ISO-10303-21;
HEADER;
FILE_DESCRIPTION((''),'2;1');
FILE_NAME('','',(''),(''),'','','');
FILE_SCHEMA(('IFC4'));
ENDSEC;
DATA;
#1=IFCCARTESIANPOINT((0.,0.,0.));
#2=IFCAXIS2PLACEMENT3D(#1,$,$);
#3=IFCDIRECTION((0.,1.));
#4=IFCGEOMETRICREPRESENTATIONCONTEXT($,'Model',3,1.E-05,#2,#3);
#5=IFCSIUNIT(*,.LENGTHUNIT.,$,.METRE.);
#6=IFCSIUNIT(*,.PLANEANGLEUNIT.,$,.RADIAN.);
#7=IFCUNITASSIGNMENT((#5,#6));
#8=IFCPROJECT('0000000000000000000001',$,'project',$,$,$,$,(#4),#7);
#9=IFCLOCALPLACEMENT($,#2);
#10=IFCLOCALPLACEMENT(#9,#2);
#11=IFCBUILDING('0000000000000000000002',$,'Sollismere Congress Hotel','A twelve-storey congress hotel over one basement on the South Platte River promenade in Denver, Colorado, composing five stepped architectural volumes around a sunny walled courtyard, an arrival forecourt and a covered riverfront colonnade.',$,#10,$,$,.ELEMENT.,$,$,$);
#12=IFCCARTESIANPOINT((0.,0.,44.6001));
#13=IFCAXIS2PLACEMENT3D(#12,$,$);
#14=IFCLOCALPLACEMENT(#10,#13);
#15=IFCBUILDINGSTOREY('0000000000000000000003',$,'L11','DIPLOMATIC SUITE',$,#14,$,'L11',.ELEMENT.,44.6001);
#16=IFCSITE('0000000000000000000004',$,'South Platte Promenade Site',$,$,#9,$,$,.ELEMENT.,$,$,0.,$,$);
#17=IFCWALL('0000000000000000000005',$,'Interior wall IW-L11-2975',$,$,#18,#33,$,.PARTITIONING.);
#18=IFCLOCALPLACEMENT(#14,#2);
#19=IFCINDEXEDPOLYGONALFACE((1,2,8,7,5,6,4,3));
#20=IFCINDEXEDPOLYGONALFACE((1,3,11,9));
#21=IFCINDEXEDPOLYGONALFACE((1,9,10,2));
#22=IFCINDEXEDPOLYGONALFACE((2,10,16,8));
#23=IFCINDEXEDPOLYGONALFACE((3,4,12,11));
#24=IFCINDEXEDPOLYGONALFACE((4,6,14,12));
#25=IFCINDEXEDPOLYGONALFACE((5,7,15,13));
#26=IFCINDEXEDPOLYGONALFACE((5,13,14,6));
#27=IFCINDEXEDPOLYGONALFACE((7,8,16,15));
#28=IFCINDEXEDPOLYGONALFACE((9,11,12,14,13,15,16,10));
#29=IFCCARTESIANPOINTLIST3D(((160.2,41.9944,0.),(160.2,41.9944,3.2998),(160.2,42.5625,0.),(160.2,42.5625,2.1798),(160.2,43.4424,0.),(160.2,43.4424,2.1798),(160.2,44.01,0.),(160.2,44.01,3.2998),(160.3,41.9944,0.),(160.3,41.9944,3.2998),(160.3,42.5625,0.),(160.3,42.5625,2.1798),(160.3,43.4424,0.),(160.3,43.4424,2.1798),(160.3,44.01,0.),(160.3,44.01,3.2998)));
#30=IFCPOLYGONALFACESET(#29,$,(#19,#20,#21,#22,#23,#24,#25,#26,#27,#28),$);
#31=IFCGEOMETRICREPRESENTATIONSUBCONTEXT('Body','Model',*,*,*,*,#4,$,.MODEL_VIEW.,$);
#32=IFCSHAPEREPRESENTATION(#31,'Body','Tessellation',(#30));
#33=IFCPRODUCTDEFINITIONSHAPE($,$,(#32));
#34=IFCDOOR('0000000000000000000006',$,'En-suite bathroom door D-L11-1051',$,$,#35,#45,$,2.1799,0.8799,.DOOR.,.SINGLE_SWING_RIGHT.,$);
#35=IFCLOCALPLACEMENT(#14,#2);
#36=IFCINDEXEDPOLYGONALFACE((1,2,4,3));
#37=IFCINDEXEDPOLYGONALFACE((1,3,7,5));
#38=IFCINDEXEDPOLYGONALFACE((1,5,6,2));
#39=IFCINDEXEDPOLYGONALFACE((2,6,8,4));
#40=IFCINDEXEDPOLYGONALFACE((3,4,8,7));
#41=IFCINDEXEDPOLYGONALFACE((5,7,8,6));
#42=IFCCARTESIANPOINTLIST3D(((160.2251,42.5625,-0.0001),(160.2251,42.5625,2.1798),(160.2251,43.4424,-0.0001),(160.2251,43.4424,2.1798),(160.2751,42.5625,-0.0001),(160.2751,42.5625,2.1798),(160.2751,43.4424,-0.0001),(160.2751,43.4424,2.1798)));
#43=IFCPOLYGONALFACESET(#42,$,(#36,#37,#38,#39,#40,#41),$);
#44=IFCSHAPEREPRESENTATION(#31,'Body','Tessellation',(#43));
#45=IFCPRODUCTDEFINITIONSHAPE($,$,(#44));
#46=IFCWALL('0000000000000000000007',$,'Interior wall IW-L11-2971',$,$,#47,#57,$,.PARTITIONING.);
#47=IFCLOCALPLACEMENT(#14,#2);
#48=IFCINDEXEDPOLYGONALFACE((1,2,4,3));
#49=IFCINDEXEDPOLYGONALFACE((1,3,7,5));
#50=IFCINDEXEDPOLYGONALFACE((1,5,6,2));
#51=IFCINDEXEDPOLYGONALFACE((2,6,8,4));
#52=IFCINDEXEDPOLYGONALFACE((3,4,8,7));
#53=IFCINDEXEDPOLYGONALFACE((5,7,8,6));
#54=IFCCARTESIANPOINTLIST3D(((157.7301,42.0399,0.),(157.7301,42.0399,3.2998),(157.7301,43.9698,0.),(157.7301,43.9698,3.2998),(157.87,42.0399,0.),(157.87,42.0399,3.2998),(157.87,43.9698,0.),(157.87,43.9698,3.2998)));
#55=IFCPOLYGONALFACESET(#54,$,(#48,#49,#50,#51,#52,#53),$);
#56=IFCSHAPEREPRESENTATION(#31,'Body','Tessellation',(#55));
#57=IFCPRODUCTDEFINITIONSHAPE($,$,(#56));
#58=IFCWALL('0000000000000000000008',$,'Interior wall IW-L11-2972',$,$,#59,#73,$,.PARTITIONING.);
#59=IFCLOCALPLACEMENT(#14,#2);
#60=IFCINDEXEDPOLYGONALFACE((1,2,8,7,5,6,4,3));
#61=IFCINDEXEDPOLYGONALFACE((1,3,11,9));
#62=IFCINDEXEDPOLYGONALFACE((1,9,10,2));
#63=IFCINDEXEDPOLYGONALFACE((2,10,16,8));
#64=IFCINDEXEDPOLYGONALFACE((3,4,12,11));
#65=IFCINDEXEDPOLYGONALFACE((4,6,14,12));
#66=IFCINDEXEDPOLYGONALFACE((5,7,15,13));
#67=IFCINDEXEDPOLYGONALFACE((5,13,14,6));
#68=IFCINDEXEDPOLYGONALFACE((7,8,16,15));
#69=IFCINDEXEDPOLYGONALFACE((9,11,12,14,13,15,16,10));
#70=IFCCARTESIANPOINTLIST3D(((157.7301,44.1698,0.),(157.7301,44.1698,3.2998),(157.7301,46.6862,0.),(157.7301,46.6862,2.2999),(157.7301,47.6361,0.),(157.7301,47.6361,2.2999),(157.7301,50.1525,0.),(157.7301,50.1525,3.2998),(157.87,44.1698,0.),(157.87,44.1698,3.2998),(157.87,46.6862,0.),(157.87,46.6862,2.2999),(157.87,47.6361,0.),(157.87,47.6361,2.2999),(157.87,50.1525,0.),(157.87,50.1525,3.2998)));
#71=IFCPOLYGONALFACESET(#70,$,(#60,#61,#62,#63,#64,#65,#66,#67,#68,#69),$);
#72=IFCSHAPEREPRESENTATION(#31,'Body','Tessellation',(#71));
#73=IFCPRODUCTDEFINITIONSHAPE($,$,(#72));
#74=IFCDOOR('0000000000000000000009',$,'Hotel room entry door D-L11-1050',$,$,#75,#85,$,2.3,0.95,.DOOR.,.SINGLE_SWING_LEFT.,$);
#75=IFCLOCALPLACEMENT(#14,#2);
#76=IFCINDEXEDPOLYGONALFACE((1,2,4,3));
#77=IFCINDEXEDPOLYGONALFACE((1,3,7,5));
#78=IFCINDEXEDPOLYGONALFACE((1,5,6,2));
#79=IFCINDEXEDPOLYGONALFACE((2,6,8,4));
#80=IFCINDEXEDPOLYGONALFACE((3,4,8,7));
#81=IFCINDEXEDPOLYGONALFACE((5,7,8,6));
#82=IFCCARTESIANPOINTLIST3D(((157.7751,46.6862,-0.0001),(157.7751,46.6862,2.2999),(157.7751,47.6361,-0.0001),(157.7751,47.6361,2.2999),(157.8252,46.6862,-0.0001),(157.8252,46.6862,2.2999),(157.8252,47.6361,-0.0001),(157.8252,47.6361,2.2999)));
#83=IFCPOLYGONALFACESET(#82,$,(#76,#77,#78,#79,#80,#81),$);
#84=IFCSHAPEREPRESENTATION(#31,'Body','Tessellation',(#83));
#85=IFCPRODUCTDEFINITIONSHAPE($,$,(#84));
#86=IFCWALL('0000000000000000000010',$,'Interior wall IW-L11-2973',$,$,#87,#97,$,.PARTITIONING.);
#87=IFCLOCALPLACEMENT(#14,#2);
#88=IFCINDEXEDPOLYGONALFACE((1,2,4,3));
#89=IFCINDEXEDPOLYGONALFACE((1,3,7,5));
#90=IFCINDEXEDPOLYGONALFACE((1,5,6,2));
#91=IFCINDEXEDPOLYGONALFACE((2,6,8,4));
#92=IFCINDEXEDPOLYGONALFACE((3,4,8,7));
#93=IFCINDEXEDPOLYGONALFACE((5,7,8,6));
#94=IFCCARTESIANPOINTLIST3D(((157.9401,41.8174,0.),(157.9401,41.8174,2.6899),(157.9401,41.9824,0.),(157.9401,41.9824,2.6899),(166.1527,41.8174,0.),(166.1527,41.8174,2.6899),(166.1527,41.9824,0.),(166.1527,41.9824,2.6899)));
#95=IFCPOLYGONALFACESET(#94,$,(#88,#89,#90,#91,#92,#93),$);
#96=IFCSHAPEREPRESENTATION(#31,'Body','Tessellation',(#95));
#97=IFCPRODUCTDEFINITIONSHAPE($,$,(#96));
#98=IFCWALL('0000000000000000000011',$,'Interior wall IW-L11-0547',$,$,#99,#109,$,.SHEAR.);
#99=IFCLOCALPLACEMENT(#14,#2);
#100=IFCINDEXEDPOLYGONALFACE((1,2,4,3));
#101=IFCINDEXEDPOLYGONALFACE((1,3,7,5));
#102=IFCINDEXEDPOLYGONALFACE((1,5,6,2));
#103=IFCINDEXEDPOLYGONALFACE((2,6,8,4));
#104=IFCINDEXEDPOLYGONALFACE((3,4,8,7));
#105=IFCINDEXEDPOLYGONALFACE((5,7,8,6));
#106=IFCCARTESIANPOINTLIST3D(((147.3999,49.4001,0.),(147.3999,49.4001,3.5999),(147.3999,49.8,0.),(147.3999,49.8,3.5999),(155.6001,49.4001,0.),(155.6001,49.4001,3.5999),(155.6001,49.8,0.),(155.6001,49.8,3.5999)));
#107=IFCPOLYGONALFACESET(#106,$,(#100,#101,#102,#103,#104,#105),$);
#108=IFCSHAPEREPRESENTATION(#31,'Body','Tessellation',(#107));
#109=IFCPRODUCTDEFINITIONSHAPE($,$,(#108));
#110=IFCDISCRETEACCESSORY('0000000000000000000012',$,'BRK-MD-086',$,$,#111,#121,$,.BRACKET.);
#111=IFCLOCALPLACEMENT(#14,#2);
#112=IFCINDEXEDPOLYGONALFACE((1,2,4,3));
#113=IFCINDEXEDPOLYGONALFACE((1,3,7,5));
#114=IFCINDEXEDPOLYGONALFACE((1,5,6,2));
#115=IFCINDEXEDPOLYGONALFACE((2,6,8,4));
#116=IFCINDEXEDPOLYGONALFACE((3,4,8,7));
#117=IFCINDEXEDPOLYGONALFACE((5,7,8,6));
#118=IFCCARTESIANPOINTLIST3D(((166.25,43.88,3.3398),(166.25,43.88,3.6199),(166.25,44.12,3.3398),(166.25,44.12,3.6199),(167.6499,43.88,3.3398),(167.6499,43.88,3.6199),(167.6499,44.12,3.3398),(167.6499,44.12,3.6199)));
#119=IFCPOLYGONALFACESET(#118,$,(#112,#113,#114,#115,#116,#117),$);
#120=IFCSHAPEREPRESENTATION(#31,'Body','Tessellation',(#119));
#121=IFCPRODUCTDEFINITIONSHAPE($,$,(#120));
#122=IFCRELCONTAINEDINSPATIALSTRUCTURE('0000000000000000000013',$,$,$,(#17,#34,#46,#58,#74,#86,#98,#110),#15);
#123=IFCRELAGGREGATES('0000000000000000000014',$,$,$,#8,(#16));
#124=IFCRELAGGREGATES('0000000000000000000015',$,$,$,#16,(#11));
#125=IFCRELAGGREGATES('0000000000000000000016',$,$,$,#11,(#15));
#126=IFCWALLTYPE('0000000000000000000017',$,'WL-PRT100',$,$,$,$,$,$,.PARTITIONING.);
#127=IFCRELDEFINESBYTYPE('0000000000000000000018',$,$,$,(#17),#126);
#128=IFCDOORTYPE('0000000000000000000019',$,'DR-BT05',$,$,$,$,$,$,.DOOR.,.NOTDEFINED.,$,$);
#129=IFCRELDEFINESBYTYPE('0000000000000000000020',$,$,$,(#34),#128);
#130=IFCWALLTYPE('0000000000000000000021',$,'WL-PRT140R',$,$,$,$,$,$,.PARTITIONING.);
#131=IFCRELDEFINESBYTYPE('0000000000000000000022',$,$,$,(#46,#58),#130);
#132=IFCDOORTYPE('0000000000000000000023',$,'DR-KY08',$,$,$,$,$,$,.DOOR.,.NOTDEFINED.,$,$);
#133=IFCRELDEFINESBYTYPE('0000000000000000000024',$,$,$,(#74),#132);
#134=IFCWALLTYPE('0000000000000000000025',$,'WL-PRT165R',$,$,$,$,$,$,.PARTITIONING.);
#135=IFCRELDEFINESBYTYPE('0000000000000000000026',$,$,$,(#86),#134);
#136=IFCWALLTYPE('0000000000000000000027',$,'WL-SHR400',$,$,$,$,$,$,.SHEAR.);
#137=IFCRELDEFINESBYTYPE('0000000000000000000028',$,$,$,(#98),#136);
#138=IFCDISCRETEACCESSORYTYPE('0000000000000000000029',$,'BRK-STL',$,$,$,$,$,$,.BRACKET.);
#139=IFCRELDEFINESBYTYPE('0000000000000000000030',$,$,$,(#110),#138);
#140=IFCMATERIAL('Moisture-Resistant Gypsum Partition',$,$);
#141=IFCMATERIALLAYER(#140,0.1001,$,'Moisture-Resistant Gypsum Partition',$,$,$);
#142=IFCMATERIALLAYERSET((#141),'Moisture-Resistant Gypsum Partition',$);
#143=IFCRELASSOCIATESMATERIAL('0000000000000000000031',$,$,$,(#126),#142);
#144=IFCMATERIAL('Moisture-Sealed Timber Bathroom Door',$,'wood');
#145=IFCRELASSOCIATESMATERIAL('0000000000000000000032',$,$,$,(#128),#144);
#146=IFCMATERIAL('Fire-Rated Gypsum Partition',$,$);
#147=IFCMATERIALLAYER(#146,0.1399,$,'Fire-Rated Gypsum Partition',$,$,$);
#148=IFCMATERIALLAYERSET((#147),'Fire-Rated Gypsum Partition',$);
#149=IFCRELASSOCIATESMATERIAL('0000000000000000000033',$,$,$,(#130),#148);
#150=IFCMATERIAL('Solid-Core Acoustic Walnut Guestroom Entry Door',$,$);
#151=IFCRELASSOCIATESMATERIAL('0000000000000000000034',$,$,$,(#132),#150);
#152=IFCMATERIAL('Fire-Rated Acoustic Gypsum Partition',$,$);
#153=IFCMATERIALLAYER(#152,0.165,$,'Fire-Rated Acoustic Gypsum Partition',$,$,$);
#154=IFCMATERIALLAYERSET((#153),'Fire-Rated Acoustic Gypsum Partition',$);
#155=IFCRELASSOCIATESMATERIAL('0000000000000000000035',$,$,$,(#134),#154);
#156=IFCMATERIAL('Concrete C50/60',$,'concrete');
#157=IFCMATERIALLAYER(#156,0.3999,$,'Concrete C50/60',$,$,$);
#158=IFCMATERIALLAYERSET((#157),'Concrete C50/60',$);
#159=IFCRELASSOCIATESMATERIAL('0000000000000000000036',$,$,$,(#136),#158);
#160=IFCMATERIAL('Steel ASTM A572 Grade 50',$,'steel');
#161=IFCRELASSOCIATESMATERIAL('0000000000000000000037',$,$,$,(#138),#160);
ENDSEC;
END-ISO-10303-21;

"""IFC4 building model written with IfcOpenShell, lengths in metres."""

from ifc_helpers import new_model, si_unit, direction, frame, frame_2d, origin, origin_2d, place, context, subcontext, project, spatial, rectangle, extrude, material, layer, layer_set, type_object, element, fill, save


model = new_model("IFC4")

# Units and contexts
model_context = context("Model", 3, precision=1e-05, world=origin(), true_north=direction((0.0, 1.0)))
body_context = subcontext(model_context, "Body", "Model", "MODEL_VIEW")
ifc_project = project(units=[si_unit("LENGTHUNIT", "METRE"), si_unit("PLANEANGLEUNIT", "RADIAN")], contexts=[model_context])

# Site, building, storey
site_placement = place(None, origin())
site = spatial("IfcSite", under=ifc_project, at=site_placement, Name="South Platte Promenade Site", CompositionType="ELEMENT", RefElevation=0.0)
building_placement = place(site_placement, origin())
building = spatial("IfcBuilding", under=site, at=building_placement, Name="Sollismere Congress Hotel", Description="A twelve-storey congress hotel over one basement on the South Platte River promenade in Denver, Colorado, composing five stepped architectural volumes around a sunny walled courtyard, an arrival forecourt and a covered riverfront colonnade.", CompositionType="ELEMENT")
storey_placement = place(building_placement, frame((0.0, 0.0, 44.6001)))
storey = spatial("IfcBuildingStorey", under=building, at=storey_placement, Name="L11", Description="DIPLOMATIC SUITE", LongName="L11", CompositionType="ELEMENT", Elevation=44.6001)

# Wall, opening, door
ifc_material_1 = material(Name="Moisture-Resistant Gypsum Partition")
ifc_layer_1 = layer(ifc_material_1, 0.1001, Name="Moisture-Resistant Gypsum Partition")
ifc_layer_set_1 = layer_set([ifc_layer_1], Name="Moisture-Resistant Gypsum Partition")
wall_type_1 = type_object("IfcWallType", Name="WL-PRT100", PredefinedType="PARTITIONING", material=ifc_layer_set_1)
wall_1_placement = place(storey_placement, frame((160.25, 41.9944, 0.0), z_axis=(0.0, 0.0, 1.0), x_axis=(0.0, 1.0, 0.0)))
wall_1 = element("IfcWall", 1, at=wall_1_placement, inside=storey, type_object=wall_type_1, Name="Interior wall IW-L11-2975", PredefinedType="PARTITIONING", context=body_context, shape_type="SweptSolid", body=[
    extrude(rectangle(XDim=2.0156, YDim=0.1001, at=frame_2d((1.0078, 0.0))), origin(), (0.0, 0.0, 1.0), 3.2998),
])
opening_1_placement = place(wall_1_placement, frame((0.5681, 0.0, 0.0)))
opening_1 = element("IfcOpeningElement", 2, at=opening_1_placement, cuts=wall_1, PredefinedType="OPENING", context=body_context, shape_type="SweptSolid", body=[
    extrude(rectangle(XDim=0.8799, YDim=2.1799, at=frame_2d((0.4399, 1.0898))), frame((0.0, 0.0601, 0.0), z_axis=(0.0, -1.0, 0.0), x_axis=(1.0, 0.0, 0.0)), (0.0, 0.0, 1.0), 0.1201),
])
ifc_material_2 = material(Name="Moisture-Sealed Timber Bathroom Door", Category="wood")
door_type_1 = type_object("IfcDoorType", Name="DR-BT05", OperationType="NOTDEFINED", PredefinedType="DOOR", material=ifc_material_2)
door_1_placement = place(opening_1_placement, origin())
door_1 = element("IfcDoor", 3, at=door_1_placement, inside=storey, type_object=door_type_1, Name="En-suite bathroom door D-L11-1051", OperationType="SINGLE_SWING_RIGHT", OverallHeight=2.1799, OverallWidth=0.8799, PredefinedType="DOOR", context=body_context, shape_type="SweptSolid", body=[
    extrude(rectangle(XDim=0.8799, YDim=2.1799, at=frame_2d((0.4399, 1.0898))), frame((0.0, 0.0249, 0.0), z_axis=(0.0, -1.0, 0.0), x_axis=(1.0, 0.0, 0.0)), (0.0, 0.0, 1.0), 0.05),
])
fill(opening_1, door_1)

# Wall
ifc_material_3 = material(Name="Fire-Rated Gypsum Partition")
ifc_layer_2 = layer(ifc_material_3, 0.1399, Name="Fire-Rated Gypsum Partition")
ifc_layer_set_2 = layer_set([ifc_layer_2], Name="Fire-Rated Gypsum Partition")
wall_type_2 = type_object("IfcWallType", Name="WL-PRT140R", PredefinedType="PARTITIONING", material=ifc_layer_set_2)
wall_2_placement = place(storey_placement, frame((157.8, 42.04, 0.0), z_axis=(0.0, 0.0, 1.0), x_axis=(0.0, 1.0, 0.0)))
element("IfcWall", 4, at=wall_2_placement, inside=storey, type_object=wall_type_2, Name="Interior wall IW-L11-2971", PredefinedType="PARTITIONING", context=body_context, shape_type="SweptSolid", body=[
    extrude(rectangle(XDim=1.9299, YDim=0.1399, at=frame_2d((0.9648, 0.0))), origin(), (0.0, 0.0, 1.0), 3.2998),
])

# Wall, opening, door
wall_3_placement = place(storey_placement, frame((157.8, 44.1699, 0.0), z_axis=(0.0, 0.0, 1.0), x_axis=(0.0, 1.0, 0.0)))
wall_3 = element("IfcWall", 5, at=wall_3_placement, inside=storey, type_object=wall_type_2, Name="Interior wall IW-L11-2972", PredefinedType="PARTITIONING", context=body_context, shape_type="SweptSolid", body=[
    extrude(rectangle(XDim=5.9827, YDim=0.1399, at=frame_2d((2.9912, 0.0))), origin(), (0.0, 0.0, 1.0), 3.2998),
])
opening_2_placement = place(wall_3_placement, frame((2.5161, 0.0, 0.0)))
opening_2 = element("IfcOpeningElement", 6, at=opening_2_placement, cuts=wall_3, PredefinedType="OPENING", context=body_context, shape_type="SweptSolid", body=[
    extrude(rectangle(XDim=0.95, YDim=2.3, at=frame_2d((0.4751, 1.1499))), frame((0.0, 0.0798, 0.0), z_axis=(0.0, -1.0, 0.0), x_axis=(1.0, 0.0, 0.0)), (0.0, 0.0, 1.0), 0.1599),
])
ifc_material_4 = material(Name="Solid-Core Acoustic Walnut Guestroom Entry Door")
door_type_2 = type_object("IfcDoorType", Name="DR-KY08", OperationType="NOTDEFINED", PredefinedType="DOOR", material=ifc_material_4)
door_2_placement = place(opening_2_placement, origin())
door_2 = element("IfcDoor", 7, at=door_2_placement, inside=storey, type_object=door_type_2, Name="Hotel room entry door D-L11-1050", OperationType="SINGLE_SWING_LEFT", OverallHeight=2.3, OverallWidth=0.95, PredefinedType="DOOR", context=body_context, shape_type="SweptSolid", body=[
    extrude(rectangle(XDim=0.95, YDim=2.3, at=frame_2d((0.4751, 1.1499))), frame((0.0, 0.0249, 0.0), z_axis=(0.0, -1.0, 0.0), x_axis=(1.0, 0.0, 0.0)), (0.0, 0.0, 1.0), 0.05),
])
fill(opening_2, door_2)

# Walls
ifc_material_5 = material(Name="Fire-Rated Acoustic Gypsum Partition")
ifc_layer_3 = layer(ifc_material_5, 0.165, Name="Fire-Rated Acoustic Gypsum Partition")
ifc_layer_set_3 = layer_set([ifc_layer_3], Name="Fire-Rated Acoustic Gypsum Partition")
wall_type_3 = type_object("IfcWallType", Name="WL-PRT165R", PredefinedType="PARTITIONING", material=ifc_layer_set_3)
wall_4_placement = place(storey_placement, frame((157.9399, 41.8999, 0.0), z_axis=(0.0, 0.0, 1.0), x_axis=(1.0, 0.0, 0.0)))
element("IfcWall", 8, at=wall_4_placement, inside=storey, type_object=wall_type_3, Name="Interior wall IW-L11-2973", PredefinedType="PARTITIONING", context=body_context, shape_type="SweptSolid", body=[
    extrude(rectangle(XDim=8.2126, YDim=0.165, at=frame_2d((4.1064, 0.0))), origin(), (0.0, 0.0, 1.0), 2.6899),
])
ifc_material_6 = material(Name="Concrete C50/60", Category="concrete")
ifc_layer_4 = layer(ifc_material_6, 0.3999, Name="Concrete C50/60")
ifc_layer_set_4 = layer_set([ifc_layer_4], Name="Concrete C50/60")
wall_type_4 = type_object("IfcWallType", Name="WL-SHR400", PredefinedType="SHEAR", material=ifc_layer_set_4)
wall_5_placement = place(storey_placement, frame((155.6001, 49.6001, 0.0), z_axis=(0.0, 0.0, 1.0), x_axis=(-1.0, 0.0, 0.0)))
element("IfcWall", 9, at=wall_5_placement, inside=storey, type_object=wall_type_4, Name="Interior wall IW-L11-0547", PredefinedType="SHEAR", context=body_context, shape_type="SweptSolid", body=[
    extrude(rectangle(XDim=8.2002, YDim=0.3999, at=frame_2d((4.1001, 0.0))), origin(), (0.0, 0.0, 1.0), 3.5999),
])

# Discrete accessory
ifc_material_7 = material(Name="Steel ASTM A572 Grade 50", Category="steel")
discrete_accessory_type = type_object("IfcDiscreteAccessoryType", Name="BRK-STL", PredefinedType="BRACKET", material=ifc_material_7)
discrete_accessory_placement = place(storey_placement, frame((166.95, 44.0, 3.3398), z_axis=(0.0, 0.0, 1.0), x_axis=(1.0, 0.0, 0.0)))
element("IfcDiscreteAccessory", 10, at=discrete_accessory_placement, inside=storey, type_object=discrete_accessory_type, Name="BRK-MD-086", PredefinedType="BRACKET", context=body_context, shape_type="SweptSolid", body=[
    extrude(rectangle(XDim=1.3999, YDim=0.24, at=origin_2d()), origin(), (0.0, 0.0, 1.0), 0.28),
])

save(model, "model.ifc")
